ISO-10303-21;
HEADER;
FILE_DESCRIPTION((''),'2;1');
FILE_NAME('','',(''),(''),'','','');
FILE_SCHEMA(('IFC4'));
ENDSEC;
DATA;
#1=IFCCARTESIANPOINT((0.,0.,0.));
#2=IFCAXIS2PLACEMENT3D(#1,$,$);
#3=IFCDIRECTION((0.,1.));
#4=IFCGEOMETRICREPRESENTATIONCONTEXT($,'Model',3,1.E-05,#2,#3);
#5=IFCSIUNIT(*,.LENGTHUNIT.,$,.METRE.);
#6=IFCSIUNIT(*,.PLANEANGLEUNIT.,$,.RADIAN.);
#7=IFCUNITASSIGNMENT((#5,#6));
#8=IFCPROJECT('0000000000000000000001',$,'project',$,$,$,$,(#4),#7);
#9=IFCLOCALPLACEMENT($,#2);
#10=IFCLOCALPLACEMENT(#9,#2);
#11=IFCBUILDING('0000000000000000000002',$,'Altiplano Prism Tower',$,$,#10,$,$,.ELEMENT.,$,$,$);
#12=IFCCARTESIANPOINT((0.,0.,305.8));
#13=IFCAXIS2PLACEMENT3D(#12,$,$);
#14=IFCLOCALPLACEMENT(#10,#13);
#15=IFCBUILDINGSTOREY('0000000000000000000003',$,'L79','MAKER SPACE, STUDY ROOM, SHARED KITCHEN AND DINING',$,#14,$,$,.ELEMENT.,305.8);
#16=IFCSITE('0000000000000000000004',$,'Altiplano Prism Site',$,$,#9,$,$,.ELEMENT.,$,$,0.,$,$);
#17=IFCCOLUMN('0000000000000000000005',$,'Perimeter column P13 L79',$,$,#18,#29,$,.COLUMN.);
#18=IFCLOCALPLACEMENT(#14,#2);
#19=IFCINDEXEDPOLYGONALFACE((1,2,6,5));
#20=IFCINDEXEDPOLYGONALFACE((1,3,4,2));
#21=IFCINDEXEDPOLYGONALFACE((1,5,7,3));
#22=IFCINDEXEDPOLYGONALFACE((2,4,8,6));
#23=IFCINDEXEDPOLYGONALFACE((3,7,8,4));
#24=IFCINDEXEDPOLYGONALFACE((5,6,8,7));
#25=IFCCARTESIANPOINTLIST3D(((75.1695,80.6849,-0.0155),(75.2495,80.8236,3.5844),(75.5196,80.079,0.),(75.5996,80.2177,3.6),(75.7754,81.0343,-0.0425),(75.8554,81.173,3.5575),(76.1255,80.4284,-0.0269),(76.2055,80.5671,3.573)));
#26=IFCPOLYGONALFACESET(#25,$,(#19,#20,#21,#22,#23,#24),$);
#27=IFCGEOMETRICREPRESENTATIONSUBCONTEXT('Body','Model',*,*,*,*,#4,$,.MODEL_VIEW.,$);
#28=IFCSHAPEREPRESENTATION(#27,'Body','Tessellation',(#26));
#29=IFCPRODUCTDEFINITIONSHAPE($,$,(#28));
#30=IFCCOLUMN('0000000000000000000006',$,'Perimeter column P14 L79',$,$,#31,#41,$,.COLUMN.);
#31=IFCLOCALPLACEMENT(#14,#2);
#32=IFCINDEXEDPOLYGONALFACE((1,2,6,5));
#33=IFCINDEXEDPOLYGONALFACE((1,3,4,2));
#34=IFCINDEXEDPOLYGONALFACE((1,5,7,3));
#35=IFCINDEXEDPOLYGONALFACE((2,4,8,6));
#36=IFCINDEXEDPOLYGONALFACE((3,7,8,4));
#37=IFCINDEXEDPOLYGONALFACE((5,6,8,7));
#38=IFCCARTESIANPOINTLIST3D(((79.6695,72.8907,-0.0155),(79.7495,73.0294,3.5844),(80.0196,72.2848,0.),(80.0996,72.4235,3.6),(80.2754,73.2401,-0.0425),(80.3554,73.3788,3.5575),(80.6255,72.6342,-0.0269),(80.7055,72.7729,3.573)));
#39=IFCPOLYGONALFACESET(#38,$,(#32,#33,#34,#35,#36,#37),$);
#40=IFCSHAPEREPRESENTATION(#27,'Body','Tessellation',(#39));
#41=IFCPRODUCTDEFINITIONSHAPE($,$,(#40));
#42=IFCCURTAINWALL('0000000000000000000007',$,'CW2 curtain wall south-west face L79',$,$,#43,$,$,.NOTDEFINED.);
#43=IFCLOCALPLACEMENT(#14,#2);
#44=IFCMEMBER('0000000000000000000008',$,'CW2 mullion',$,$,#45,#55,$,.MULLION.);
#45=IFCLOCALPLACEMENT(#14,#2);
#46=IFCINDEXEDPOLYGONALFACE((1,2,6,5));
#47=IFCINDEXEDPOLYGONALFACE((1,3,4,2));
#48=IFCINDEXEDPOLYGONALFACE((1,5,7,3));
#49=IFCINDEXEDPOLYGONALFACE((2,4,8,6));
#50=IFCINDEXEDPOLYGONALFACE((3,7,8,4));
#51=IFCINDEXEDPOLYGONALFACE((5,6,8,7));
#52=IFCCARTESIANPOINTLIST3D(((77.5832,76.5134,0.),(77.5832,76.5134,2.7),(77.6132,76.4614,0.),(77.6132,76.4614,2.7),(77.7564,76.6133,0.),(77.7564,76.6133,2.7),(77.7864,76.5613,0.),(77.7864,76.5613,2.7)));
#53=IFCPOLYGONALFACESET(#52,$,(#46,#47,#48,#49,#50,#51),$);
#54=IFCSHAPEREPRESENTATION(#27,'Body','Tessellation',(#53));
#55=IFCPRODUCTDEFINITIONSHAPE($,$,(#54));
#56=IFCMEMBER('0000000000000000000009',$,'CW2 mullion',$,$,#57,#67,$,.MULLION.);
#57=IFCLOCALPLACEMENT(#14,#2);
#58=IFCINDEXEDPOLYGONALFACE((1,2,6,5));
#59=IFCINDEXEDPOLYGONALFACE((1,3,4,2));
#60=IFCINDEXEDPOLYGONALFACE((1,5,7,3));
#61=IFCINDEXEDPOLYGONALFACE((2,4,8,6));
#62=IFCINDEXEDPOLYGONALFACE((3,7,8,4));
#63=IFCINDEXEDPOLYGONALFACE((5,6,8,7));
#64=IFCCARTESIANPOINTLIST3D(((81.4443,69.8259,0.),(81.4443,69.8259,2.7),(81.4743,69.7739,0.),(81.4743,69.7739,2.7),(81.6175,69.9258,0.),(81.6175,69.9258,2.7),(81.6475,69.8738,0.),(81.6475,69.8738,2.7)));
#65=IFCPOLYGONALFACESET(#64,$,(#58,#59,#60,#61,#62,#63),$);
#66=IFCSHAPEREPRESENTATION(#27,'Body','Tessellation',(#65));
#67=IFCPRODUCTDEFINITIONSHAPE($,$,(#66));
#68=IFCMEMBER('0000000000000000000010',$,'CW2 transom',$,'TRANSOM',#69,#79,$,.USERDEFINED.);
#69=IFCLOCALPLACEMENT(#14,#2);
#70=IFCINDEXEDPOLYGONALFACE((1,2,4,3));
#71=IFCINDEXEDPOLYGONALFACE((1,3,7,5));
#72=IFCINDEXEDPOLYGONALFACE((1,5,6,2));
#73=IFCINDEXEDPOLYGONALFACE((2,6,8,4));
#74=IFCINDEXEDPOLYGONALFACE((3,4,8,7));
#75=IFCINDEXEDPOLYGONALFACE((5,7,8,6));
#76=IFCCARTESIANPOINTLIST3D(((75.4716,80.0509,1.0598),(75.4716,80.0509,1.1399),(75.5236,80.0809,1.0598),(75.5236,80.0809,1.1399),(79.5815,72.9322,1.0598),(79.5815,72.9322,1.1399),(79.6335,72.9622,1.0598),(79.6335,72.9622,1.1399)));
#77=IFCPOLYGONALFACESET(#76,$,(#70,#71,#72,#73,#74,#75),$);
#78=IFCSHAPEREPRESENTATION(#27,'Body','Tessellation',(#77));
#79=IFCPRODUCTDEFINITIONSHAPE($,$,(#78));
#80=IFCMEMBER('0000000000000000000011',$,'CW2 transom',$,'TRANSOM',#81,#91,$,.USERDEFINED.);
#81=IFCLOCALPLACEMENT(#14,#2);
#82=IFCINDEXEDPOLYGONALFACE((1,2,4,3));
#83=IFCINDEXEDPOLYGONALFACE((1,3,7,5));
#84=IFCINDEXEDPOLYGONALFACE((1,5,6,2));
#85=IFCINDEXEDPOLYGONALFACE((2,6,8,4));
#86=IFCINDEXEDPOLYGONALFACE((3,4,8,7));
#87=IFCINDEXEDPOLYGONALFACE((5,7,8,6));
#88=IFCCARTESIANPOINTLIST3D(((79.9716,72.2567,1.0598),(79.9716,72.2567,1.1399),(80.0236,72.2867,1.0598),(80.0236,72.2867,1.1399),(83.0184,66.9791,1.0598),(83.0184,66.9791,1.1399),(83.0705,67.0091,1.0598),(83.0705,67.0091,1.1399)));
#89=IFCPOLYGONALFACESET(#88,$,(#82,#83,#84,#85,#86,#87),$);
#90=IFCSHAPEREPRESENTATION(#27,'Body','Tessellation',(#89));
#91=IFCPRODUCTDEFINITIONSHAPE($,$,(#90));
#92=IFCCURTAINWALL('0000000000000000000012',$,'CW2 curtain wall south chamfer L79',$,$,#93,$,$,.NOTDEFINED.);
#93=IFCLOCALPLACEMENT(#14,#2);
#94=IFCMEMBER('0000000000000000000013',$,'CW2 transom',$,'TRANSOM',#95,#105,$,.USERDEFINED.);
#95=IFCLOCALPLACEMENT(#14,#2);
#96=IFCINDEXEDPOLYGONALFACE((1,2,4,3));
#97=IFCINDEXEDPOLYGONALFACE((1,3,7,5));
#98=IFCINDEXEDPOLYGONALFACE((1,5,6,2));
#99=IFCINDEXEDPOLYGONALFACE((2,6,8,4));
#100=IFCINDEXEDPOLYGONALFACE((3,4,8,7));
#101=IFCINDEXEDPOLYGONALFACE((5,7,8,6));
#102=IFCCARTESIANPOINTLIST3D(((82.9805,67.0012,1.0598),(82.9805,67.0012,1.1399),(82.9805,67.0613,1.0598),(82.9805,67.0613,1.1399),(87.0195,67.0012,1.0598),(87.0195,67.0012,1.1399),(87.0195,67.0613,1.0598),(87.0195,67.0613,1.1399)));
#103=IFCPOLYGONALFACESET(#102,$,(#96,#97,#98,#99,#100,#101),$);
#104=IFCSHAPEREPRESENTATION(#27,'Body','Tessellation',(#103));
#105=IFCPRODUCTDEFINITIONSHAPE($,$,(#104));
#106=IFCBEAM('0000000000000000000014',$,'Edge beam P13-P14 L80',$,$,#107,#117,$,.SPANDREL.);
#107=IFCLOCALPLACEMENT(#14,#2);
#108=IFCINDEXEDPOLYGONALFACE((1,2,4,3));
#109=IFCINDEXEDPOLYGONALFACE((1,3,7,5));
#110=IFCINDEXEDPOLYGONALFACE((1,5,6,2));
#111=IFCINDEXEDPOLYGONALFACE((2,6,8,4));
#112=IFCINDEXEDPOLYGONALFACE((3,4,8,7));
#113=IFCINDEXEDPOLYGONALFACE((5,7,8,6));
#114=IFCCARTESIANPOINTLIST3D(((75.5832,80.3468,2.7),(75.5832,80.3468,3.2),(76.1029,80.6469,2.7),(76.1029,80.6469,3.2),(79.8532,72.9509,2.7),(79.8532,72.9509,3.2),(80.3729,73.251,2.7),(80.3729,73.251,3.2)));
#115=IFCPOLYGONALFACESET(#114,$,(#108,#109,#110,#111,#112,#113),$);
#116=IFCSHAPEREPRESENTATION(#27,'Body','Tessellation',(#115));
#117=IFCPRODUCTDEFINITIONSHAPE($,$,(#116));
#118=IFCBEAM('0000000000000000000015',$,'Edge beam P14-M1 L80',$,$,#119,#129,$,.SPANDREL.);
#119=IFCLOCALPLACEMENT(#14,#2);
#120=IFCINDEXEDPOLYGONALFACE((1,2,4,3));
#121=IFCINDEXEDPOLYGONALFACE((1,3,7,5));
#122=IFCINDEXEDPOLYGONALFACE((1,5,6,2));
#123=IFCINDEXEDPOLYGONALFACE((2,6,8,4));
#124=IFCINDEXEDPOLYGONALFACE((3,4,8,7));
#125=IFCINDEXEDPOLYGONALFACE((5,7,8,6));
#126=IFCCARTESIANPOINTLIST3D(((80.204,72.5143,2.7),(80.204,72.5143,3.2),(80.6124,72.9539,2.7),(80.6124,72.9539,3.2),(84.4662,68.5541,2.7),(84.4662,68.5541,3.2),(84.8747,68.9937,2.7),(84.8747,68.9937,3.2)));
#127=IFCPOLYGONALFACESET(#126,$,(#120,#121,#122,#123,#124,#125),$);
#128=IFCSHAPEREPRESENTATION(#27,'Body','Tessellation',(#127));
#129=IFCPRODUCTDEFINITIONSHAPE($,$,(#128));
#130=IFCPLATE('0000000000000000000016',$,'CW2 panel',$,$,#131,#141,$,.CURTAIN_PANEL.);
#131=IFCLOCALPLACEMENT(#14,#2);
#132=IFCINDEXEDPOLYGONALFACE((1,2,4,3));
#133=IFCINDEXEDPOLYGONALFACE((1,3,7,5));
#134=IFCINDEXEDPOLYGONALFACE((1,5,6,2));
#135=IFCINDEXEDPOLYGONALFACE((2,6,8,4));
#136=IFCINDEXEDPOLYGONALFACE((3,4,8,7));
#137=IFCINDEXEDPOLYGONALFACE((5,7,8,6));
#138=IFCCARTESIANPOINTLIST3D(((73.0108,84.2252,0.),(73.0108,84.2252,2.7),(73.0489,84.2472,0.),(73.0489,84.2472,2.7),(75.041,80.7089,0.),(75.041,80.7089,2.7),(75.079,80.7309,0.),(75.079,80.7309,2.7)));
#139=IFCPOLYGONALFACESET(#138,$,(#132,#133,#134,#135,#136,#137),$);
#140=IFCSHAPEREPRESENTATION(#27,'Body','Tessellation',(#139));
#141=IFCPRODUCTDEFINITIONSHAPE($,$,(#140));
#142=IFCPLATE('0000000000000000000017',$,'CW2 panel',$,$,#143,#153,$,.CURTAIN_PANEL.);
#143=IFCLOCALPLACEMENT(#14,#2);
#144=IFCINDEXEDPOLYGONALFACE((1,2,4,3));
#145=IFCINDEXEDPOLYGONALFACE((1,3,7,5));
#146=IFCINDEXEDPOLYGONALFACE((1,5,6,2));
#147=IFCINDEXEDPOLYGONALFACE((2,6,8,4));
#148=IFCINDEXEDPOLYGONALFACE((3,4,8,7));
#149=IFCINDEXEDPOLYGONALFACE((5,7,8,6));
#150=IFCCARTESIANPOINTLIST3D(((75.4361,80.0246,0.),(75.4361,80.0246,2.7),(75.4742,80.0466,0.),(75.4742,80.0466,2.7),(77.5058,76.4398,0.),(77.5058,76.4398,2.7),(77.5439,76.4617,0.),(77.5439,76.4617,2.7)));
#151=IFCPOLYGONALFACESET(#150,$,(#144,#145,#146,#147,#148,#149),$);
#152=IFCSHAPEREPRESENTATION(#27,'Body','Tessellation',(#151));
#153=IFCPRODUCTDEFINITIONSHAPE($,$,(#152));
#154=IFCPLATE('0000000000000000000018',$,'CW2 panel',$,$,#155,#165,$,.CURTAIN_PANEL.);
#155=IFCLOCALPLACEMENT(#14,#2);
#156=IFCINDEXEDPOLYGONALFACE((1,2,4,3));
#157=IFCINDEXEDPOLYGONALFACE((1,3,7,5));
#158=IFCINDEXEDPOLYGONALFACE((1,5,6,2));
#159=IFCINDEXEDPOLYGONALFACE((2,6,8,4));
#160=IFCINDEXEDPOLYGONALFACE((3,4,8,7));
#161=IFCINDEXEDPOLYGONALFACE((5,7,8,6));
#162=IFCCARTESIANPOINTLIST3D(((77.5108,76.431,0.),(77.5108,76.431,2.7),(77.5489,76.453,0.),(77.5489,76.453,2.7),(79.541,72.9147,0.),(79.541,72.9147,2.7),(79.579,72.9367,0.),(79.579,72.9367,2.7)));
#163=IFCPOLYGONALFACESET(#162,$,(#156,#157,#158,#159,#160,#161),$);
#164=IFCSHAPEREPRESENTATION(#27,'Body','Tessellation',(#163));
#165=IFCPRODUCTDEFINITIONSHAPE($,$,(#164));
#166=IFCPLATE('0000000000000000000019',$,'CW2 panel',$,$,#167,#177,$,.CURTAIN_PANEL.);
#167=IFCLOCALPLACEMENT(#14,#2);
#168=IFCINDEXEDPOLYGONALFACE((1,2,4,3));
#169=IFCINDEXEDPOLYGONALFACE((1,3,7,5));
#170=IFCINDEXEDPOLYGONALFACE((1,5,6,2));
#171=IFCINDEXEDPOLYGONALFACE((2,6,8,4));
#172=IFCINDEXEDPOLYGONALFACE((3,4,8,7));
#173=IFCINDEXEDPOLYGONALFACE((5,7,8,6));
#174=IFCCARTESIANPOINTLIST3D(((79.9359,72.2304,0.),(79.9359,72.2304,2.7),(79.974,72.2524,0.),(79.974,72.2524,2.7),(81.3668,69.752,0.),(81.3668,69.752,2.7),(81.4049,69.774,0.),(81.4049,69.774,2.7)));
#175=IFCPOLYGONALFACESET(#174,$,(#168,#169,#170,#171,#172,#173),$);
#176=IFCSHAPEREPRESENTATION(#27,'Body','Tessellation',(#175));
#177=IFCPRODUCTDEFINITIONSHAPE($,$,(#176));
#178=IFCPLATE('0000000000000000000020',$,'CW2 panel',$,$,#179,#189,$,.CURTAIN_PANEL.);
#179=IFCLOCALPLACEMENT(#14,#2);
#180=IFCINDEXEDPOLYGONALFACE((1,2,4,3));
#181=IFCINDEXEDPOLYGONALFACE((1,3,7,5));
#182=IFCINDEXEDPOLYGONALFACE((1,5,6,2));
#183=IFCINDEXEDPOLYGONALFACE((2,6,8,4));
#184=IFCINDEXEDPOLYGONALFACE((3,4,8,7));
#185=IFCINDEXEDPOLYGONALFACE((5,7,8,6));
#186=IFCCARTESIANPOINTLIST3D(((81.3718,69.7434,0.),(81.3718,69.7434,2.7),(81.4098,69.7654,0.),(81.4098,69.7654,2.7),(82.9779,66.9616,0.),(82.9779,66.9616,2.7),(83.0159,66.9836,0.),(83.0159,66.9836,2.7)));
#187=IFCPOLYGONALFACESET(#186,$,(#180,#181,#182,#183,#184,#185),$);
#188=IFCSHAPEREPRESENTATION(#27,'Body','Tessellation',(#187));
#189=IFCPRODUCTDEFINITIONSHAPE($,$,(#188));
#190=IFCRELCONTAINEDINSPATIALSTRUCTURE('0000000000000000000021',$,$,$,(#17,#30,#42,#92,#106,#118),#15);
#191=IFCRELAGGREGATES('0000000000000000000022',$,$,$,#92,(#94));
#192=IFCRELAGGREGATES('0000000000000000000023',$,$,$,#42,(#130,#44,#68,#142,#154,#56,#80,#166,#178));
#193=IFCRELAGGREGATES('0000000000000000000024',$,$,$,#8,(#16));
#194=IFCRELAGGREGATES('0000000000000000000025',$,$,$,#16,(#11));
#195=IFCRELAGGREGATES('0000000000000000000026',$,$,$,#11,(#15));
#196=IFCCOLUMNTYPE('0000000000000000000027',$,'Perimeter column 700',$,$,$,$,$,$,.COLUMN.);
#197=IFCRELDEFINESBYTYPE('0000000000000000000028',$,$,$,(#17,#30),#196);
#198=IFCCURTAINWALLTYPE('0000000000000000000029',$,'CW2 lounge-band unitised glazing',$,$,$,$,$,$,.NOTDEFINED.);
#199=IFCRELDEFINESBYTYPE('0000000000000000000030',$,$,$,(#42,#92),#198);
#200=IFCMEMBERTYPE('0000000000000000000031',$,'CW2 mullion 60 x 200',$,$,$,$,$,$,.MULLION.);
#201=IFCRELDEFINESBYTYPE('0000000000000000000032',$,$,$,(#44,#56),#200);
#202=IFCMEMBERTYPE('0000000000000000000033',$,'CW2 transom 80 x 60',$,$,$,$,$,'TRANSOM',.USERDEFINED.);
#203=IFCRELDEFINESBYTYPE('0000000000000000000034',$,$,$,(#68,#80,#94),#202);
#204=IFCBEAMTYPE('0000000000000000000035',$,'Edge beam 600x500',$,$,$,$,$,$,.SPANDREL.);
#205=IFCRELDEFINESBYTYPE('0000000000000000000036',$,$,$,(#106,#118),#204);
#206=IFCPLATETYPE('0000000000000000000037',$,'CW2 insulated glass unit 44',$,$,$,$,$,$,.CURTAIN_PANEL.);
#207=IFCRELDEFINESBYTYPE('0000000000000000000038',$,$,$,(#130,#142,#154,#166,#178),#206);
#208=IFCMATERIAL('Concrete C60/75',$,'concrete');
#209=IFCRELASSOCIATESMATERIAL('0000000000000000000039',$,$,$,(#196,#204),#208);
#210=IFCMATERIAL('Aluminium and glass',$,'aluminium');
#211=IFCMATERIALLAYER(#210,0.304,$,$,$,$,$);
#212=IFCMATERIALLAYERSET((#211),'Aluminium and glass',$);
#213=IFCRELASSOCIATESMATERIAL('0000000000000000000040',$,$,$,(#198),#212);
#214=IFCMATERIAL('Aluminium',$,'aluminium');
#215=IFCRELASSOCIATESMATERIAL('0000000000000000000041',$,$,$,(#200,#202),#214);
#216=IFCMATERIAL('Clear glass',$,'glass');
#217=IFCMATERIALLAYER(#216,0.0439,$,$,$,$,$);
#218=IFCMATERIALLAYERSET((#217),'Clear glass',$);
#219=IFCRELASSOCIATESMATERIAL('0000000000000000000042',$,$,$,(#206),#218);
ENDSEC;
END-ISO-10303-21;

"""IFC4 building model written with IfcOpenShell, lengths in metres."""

from ifc_helpers import new_model, si_unit, direction, frame, origin, origin_2d, place, context, subcontext, project, spatial, rectangle, extrude, material, layer, layer_set, material_profile, profile_set, type_object, element, aggregate, save


model = new_model("IFC4")

# Units and contexts
model_context = context("Model", 3, precision=1e-05, world=origin(), true_north=direction((0.0, 1.0)))
body_context = subcontext(model_context, "Body", "Model", "MODEL_VIEW")
ifc_project = project(units=[si_unit("LENGTHUNIT", "METRE"), si_unit("PLANEANGLEUNIT", "RADIAN")], contexts=[model_context])

# Site, building, storey
site_placement = place(None, origin())
site = spatial("IfcSite", under=ifc_project, at=site_placement, Name="Altiplano Prism Site", CompositionType="ELEMENT", RefElevation=0.0)
building_placement = place(site_placement, origin())
building = spatial("IfcBuilding", under=site, at=building_placement, Name="Altiplano Prism Tower", CompositionType="ELEMENT")
storey_placement = place(building_placement, frame((0.0, 0.0, 305.8)))
storey = spatial("IfcBuildingStorey", under=building, at=storey_placement, Name="L79", Description="MAKER SPACE, STUDY ROOM, SHARED KITCHEN AND DINING", CompositionType="ELEMENT", Elevation=305.8)

# Columns
ifc_material_1 = material(Name="Concrete C60/75", Category="concrete")
ifc_material_profile_1 = material_profile(ifc_material_1, rectangle(XDim=0.7, YDim=0.7, at=origin_2d()), Name="Perimeter column 700")
ifc_profile_set_1 = profile_set([ifc_material_profile_1], Name="Concrete C60/75")
column_type = type_object("IfcColumnType", Name="Perimeter column 700", PredefinedType="COLUMN", material=ifc_profile_set_1)
for number, where, z_axis, x_axis, name in (
    (1, (75.6475, 80.5566, -0.0212), (0.022223, 0.038483, 0.999012), (-0.865639, -0.499187, 0.038485), "Perimeter column P13 L79"),
    (2, (80.1475, 72.7625, -0.0212), (0.022223, 0.038483, 0.999012), (-0.865644, -0.499179, 0.038485), "Perimeter column P14 L79"),
):
    element("IfcColumn", number, at=place(storey_placement, frame(where, z_axis=z_axis, x_axis=x_axis)), inside=storey, type_object=column_type, Name=name, PredefinedType="COLUMN", context=body_context, shape_type="SweptSolid", body=[
        extrude(rectangle(XDim=0.7, YDim=0.7, at=origin_2d()), origin(), (0.0, 0.0, 1.0), 3.6035),
    ])

# Curtain wall, members
ifc_material_2 = material(Name="Aluminium and glass", Category="aluminium")
ifc_layer_1 = layer(ifc_material_2, 0.304)
ifc_layer_set_1 = layer_set([ifc_layer_1], Name="Aluminium and glass")
curtain_wall_type = type_object("IfcCurtainWallType", Name="CW2 lounge-band unitised glazing", PredefinedType="NOTDEFINED", material=ifc_layer_set_1)
curtain_wall_1_placement = place(storey_placement, origin())
curtain_wall_1 = element("IfcCurtainWall", 3, at=curtain_wall_1_placement, inside=storey, type_object=curtain_wall_type, Name="CW2 curtain wall south-west face L79", PredefinedType="NOTDEFINED")
ifc_material_3 = material(Name="Aluminium", Category="aluminium")
ifc_material_profile_2 = material_profile(ifc_material_3, rectangle(XDim=0.2, YDim=0.0601, at=origin_2d()), Name="CW2 mullion 60 x 200")
ifc_profile_set_2 = profile_set([ifc_material_profile_2], Name="Aluminium")
member_type_1 = type_object("IfcMemberType", Name="CW2 mullion 60 x 200", PredefinedType="MULLION", material=ifc_profile_set_2)
member_1_placement = place(storey_placement, frame((77.6848, 76.5374, 0.0), z_axis=(0.0, 0.0, 1.0), x_axis=(0.866025, 0.5, 0.0)))
member_1 = element("IfcMember", 4, at=member_1_placement, type_object=member_type_1, Name="CW2 mullion", PredefinedType="MULLION", context=body_context, shape_type="SweptSolid", body=[
    extrude(rectangle(XDim=0.2, YDim=0.0601, at=origin_2d()), origin(), (0.0, 0.0, 1.0), 2.7),
])
member_2_placement = place(storey_placement, frame((81.5459, 69.8499, 0.0), z_axis=(0.0, 0.0, 1.0), x_axis=(0.866025, 0.5, 0.0)))
member_2 = element("IfcMember", 5, at=member_2_placement, type_object=member_type_1, Name="CW2 mullion", PredefinedType="MULLION", context=body_context, shape_type="SweptSolid", body=[
    extrude(rectangle(XDim=0.2, YDim=0.0601, at=origin_2d()), origin(), (0.0, 0.0, 1.0), 2.7),
])
ifc_material_profile_3 = material_profile(ifc_material_3, rectangle(XDim=0.0601, YDim=0.0801, at=origin_2d()), Name="CW2 transom 80 x 60")
ifc_profile_set_3 = profile_set([ifc_material_profile_3], Name="Aluminium")
member_type_2 = type_object("IfcMemberType", Name="CW2 transom 80 x 60", ElementType="TRANSOM", PredefinedType="USERDEFINED", material=ifc_profile_set_3)
member_3_placement = place(storey_placement, frame((75.4976, 80.0659, 1.0999), z_axis=(0.499992, -0.86603, 0.0), x_axis=(0.86603, 0.499992, 0.0)))
member_3 = element("IfcMember", 6, at=member_3_placement, type_object=member_type_2, Name="CW2 transom", ObjectType="TRANSOM", PredefinedType="USERDEFINED", context=body_context, shape_type="SweptSolid", body=[
    extrude(rectangle(XDim=0.0601, YDim=0.0801, at=origin_2d()), origin(), (0.0, 0.0, 1.0), 8.22),
])
member_4_placement = place(storey_placement, frame((79.9976, 72.2717, 1.0999), z_axis=(0.499983, -0.866035, 0.0), x_axis=(0.866035, 0.499983, 0.0)))
member_4 = element("IfcMember", 7, at=member_4_placement, type_object=member_type_2, Name="CW2 transom", ObjectType="TRANSOM", PredefinedType="USERDEFINED", context=body_context, shape_type="SweptSolid", body=[
    extrude(rectangle(XDim=0.0601, YDim=0.0801, at=origin_2d()), origin(), (0.0, 0.0, 1.0), 6.094),
])

# Curtain wall, member
curtain_wall_2_placement = place(storey_placement, origin())
curtain_wall_2 = element("IfcCurtainWall", 8, at=curtain_wall_2_placement, inside=storey, type_object=curtain_wall_type, Name="CW2 curtain wall south chamfer L79", PredefinedType="NOTDEFINED")
member_5_placement = place(storey_placement, frame((82.9805, 67.0312, 1.0999), z_axis=(1.0, 0.0, 0.0), x_axis=(0.0, 1.0, 0.0)))
member_5 = element("IfcMember", 9, at=member_5_placement, type_object=member_type_2, Name="CW2 transom", ObjectType="TRANSOM", PredefinedType="USERDEFINED", context=body_context, shape_type="SweptSolid", body=[
    extrude(rectangle(XDim=0.0601, YDim=0.0801, at=origin_2d()), origin(), (0.0, 0.0, 1.0), 4.0391),
])
aggregate(curtain_wall_2, [member_5])

# Beams
ifc_material_profile_4 = material_profile(ifc_material_1, rectangle(XDim=0.6001, YDim=0.5, at=origin_2d()), Name="Edge beam 600x500")
ifc_profile_set_4 = profile_set([ifc_material_profile_4], Name="Concrete C60/75")
beam_type = type_object("IfcBeamType", Name="Edge beam 600x500", PredefinedType="SPANDREL", material=ifc_profile_set_4)
beam_1_placement = place(storey_placement, frame((75.843, 80.4968, 2.95), z_axis=(0.500007, -0.866021, 0.0), x_axis=(0.866021, 0.500007, 0.0)))
element("IfcBeam", 10, at=beam_1_placement, inside=storey, type_object=beam_type, Name="Edge beam P13-P14 L80", PredefinedType="SPANDREL", context=body_context, shape_type="SweptSolid", body=[
    extrude(rectangle(XDim=0.6001, YDim=0.5, at=origin_2d()), origin(), (0.0, 0.0, 1.0), 8.54),
])
beam_2_placement = place(storey_placement, frame((80.4082, 72.7341, 2.95), z_axis=(0.732584, -0.680676, 0.0), x_axis=(0.680676, 0.732584, 0.0)))
element("IfcBeam", 11, at=beam_2_placement, inside=storey, type_object=beam_type, Name="Edge beam P14-M1 L80", PredefinedType="SPANDREL", context=body_context, shape_type="SweptSolid", body=[
    extrude(rectangle(XDim=0.6001, YDim=0.5, at=origin_2d()), origin(), (0.0, 0.0, 1.0), 5.8181),
])

# Plates
ifc_material_4 = material(Name="Clear glass", Category="glass")
ifc_layer_2 = layer(ifc_material_4, 0.0439)
ifc_layer_set_2 = layer_set([ifc_layer_2], Name="Clear glass")
plate_type = type_object("IfcPlateType", Name="CW2 insulated glass unit 44", PredefinedType="CURTAIN_PANEL", material=ifc_layer_set_2)
plate_1_placement = place(storey_placement, frame((74.0449, 82.478, 0.0), z_axis=(0.0, 0.0, 1.0), x_axis=(0.5, -0.866025, 0.0)))
plate_1 = element("IfcPlate", 12, at=plate_1_placement, type_object=plate_type, Name="CW2 panel", PredefinedType="CURTAIN_PANEL", context=body_context, shape_type="SweptSolid", body=[
    extrude(rectangle(XDim=4.0603, YDim=0.0439, at=origin_2d()), origin(), (0.0, 0.0, 1.0), 2.7),
])
plate_2_placement = place(storey_placement, frame((76.49, 78.2432, 0.0), z_axis=(0.0, 0.0, 1.0), x_axis=(0.5, -0.866025, 0.0)))
plate_2 = element("IfcPlate", 13, at=plate_2_placement, type_object=plate_type, Name="CW2 panel", PredefinedType="CURTAIN_PANEL", context=body_context, shape_type="SweptSolid", body=[
    extrude(rectangle(XDim=4.1394, YDim=0.0439, at=origin_2d()), origin(), (0.0, 0.0, 1.0), 2.7),
])
plate_3_placement = place(storey_placement, frame((78.5449, 74.6838, 0.0), z_axis=(0.0, 0.0, 1.0), x_axis=(0.5, -0.866025, 0.0)))
plate_3 = element("IfcPlate", 14, at=plate_3_placement, type_object=plate_type, Name="CW2 panel", PredefinedType="CURTAIN_PANEL", context=body_context, shape_type="SweptSolid", body=[
    extrude(rectangle(XDim=4.0603, YDim=0.0439, at=origin_2d()), origin(), (0.0, 0.0, 1.0), 2.7),
])
plate_4_placement = place(storey_placement, frame((80.6704, 71.0022, 0.0), z_axis=(0.0, 0.0, 1.0), x_axis=(0.5, -0.866025, 0.0)))
plate_4 = element("IfcPlate", 15, at=plate_4_placement, type_object=plate_type, Name="CW2 panel", PredefinedType="CURTAIN_PANEL", context=body_context, shape_type="SweptSolid", body=[
    extrude(rectangle(XDim=2.8618, YDim=0.0439, at=origin_2d()), origin(), (0.0, 0.0, 1.0), 2.7),
])
plate_5_placement = place(storey_placement, frame((82.1938, 68.3635, 0.0), z_axis=(0.0, 0.0, 1.0), x_axis=(0.5, -0.866025, 0.0)))
plate_5 = element("IfcPlate", 16, at=plate_5_placement, type_object=plate_type, Name="CW2 panel", PredefinedType="CURTAIN_PANEL", context=body_context, shape_type="SweptSolid", body=[
    extrude(rectangle(XDim=3.2122, YDim=0.0439, at=origin_2d()), origin(), (0.0, 0.0, 1.0), 2.7),
])
aggregate(curtain_wall_1, [plate_1, member_1, member_3, plate_2, plate_3, member_2, member_4, plate_4, plate_5])

save(model, "model.ifc")
